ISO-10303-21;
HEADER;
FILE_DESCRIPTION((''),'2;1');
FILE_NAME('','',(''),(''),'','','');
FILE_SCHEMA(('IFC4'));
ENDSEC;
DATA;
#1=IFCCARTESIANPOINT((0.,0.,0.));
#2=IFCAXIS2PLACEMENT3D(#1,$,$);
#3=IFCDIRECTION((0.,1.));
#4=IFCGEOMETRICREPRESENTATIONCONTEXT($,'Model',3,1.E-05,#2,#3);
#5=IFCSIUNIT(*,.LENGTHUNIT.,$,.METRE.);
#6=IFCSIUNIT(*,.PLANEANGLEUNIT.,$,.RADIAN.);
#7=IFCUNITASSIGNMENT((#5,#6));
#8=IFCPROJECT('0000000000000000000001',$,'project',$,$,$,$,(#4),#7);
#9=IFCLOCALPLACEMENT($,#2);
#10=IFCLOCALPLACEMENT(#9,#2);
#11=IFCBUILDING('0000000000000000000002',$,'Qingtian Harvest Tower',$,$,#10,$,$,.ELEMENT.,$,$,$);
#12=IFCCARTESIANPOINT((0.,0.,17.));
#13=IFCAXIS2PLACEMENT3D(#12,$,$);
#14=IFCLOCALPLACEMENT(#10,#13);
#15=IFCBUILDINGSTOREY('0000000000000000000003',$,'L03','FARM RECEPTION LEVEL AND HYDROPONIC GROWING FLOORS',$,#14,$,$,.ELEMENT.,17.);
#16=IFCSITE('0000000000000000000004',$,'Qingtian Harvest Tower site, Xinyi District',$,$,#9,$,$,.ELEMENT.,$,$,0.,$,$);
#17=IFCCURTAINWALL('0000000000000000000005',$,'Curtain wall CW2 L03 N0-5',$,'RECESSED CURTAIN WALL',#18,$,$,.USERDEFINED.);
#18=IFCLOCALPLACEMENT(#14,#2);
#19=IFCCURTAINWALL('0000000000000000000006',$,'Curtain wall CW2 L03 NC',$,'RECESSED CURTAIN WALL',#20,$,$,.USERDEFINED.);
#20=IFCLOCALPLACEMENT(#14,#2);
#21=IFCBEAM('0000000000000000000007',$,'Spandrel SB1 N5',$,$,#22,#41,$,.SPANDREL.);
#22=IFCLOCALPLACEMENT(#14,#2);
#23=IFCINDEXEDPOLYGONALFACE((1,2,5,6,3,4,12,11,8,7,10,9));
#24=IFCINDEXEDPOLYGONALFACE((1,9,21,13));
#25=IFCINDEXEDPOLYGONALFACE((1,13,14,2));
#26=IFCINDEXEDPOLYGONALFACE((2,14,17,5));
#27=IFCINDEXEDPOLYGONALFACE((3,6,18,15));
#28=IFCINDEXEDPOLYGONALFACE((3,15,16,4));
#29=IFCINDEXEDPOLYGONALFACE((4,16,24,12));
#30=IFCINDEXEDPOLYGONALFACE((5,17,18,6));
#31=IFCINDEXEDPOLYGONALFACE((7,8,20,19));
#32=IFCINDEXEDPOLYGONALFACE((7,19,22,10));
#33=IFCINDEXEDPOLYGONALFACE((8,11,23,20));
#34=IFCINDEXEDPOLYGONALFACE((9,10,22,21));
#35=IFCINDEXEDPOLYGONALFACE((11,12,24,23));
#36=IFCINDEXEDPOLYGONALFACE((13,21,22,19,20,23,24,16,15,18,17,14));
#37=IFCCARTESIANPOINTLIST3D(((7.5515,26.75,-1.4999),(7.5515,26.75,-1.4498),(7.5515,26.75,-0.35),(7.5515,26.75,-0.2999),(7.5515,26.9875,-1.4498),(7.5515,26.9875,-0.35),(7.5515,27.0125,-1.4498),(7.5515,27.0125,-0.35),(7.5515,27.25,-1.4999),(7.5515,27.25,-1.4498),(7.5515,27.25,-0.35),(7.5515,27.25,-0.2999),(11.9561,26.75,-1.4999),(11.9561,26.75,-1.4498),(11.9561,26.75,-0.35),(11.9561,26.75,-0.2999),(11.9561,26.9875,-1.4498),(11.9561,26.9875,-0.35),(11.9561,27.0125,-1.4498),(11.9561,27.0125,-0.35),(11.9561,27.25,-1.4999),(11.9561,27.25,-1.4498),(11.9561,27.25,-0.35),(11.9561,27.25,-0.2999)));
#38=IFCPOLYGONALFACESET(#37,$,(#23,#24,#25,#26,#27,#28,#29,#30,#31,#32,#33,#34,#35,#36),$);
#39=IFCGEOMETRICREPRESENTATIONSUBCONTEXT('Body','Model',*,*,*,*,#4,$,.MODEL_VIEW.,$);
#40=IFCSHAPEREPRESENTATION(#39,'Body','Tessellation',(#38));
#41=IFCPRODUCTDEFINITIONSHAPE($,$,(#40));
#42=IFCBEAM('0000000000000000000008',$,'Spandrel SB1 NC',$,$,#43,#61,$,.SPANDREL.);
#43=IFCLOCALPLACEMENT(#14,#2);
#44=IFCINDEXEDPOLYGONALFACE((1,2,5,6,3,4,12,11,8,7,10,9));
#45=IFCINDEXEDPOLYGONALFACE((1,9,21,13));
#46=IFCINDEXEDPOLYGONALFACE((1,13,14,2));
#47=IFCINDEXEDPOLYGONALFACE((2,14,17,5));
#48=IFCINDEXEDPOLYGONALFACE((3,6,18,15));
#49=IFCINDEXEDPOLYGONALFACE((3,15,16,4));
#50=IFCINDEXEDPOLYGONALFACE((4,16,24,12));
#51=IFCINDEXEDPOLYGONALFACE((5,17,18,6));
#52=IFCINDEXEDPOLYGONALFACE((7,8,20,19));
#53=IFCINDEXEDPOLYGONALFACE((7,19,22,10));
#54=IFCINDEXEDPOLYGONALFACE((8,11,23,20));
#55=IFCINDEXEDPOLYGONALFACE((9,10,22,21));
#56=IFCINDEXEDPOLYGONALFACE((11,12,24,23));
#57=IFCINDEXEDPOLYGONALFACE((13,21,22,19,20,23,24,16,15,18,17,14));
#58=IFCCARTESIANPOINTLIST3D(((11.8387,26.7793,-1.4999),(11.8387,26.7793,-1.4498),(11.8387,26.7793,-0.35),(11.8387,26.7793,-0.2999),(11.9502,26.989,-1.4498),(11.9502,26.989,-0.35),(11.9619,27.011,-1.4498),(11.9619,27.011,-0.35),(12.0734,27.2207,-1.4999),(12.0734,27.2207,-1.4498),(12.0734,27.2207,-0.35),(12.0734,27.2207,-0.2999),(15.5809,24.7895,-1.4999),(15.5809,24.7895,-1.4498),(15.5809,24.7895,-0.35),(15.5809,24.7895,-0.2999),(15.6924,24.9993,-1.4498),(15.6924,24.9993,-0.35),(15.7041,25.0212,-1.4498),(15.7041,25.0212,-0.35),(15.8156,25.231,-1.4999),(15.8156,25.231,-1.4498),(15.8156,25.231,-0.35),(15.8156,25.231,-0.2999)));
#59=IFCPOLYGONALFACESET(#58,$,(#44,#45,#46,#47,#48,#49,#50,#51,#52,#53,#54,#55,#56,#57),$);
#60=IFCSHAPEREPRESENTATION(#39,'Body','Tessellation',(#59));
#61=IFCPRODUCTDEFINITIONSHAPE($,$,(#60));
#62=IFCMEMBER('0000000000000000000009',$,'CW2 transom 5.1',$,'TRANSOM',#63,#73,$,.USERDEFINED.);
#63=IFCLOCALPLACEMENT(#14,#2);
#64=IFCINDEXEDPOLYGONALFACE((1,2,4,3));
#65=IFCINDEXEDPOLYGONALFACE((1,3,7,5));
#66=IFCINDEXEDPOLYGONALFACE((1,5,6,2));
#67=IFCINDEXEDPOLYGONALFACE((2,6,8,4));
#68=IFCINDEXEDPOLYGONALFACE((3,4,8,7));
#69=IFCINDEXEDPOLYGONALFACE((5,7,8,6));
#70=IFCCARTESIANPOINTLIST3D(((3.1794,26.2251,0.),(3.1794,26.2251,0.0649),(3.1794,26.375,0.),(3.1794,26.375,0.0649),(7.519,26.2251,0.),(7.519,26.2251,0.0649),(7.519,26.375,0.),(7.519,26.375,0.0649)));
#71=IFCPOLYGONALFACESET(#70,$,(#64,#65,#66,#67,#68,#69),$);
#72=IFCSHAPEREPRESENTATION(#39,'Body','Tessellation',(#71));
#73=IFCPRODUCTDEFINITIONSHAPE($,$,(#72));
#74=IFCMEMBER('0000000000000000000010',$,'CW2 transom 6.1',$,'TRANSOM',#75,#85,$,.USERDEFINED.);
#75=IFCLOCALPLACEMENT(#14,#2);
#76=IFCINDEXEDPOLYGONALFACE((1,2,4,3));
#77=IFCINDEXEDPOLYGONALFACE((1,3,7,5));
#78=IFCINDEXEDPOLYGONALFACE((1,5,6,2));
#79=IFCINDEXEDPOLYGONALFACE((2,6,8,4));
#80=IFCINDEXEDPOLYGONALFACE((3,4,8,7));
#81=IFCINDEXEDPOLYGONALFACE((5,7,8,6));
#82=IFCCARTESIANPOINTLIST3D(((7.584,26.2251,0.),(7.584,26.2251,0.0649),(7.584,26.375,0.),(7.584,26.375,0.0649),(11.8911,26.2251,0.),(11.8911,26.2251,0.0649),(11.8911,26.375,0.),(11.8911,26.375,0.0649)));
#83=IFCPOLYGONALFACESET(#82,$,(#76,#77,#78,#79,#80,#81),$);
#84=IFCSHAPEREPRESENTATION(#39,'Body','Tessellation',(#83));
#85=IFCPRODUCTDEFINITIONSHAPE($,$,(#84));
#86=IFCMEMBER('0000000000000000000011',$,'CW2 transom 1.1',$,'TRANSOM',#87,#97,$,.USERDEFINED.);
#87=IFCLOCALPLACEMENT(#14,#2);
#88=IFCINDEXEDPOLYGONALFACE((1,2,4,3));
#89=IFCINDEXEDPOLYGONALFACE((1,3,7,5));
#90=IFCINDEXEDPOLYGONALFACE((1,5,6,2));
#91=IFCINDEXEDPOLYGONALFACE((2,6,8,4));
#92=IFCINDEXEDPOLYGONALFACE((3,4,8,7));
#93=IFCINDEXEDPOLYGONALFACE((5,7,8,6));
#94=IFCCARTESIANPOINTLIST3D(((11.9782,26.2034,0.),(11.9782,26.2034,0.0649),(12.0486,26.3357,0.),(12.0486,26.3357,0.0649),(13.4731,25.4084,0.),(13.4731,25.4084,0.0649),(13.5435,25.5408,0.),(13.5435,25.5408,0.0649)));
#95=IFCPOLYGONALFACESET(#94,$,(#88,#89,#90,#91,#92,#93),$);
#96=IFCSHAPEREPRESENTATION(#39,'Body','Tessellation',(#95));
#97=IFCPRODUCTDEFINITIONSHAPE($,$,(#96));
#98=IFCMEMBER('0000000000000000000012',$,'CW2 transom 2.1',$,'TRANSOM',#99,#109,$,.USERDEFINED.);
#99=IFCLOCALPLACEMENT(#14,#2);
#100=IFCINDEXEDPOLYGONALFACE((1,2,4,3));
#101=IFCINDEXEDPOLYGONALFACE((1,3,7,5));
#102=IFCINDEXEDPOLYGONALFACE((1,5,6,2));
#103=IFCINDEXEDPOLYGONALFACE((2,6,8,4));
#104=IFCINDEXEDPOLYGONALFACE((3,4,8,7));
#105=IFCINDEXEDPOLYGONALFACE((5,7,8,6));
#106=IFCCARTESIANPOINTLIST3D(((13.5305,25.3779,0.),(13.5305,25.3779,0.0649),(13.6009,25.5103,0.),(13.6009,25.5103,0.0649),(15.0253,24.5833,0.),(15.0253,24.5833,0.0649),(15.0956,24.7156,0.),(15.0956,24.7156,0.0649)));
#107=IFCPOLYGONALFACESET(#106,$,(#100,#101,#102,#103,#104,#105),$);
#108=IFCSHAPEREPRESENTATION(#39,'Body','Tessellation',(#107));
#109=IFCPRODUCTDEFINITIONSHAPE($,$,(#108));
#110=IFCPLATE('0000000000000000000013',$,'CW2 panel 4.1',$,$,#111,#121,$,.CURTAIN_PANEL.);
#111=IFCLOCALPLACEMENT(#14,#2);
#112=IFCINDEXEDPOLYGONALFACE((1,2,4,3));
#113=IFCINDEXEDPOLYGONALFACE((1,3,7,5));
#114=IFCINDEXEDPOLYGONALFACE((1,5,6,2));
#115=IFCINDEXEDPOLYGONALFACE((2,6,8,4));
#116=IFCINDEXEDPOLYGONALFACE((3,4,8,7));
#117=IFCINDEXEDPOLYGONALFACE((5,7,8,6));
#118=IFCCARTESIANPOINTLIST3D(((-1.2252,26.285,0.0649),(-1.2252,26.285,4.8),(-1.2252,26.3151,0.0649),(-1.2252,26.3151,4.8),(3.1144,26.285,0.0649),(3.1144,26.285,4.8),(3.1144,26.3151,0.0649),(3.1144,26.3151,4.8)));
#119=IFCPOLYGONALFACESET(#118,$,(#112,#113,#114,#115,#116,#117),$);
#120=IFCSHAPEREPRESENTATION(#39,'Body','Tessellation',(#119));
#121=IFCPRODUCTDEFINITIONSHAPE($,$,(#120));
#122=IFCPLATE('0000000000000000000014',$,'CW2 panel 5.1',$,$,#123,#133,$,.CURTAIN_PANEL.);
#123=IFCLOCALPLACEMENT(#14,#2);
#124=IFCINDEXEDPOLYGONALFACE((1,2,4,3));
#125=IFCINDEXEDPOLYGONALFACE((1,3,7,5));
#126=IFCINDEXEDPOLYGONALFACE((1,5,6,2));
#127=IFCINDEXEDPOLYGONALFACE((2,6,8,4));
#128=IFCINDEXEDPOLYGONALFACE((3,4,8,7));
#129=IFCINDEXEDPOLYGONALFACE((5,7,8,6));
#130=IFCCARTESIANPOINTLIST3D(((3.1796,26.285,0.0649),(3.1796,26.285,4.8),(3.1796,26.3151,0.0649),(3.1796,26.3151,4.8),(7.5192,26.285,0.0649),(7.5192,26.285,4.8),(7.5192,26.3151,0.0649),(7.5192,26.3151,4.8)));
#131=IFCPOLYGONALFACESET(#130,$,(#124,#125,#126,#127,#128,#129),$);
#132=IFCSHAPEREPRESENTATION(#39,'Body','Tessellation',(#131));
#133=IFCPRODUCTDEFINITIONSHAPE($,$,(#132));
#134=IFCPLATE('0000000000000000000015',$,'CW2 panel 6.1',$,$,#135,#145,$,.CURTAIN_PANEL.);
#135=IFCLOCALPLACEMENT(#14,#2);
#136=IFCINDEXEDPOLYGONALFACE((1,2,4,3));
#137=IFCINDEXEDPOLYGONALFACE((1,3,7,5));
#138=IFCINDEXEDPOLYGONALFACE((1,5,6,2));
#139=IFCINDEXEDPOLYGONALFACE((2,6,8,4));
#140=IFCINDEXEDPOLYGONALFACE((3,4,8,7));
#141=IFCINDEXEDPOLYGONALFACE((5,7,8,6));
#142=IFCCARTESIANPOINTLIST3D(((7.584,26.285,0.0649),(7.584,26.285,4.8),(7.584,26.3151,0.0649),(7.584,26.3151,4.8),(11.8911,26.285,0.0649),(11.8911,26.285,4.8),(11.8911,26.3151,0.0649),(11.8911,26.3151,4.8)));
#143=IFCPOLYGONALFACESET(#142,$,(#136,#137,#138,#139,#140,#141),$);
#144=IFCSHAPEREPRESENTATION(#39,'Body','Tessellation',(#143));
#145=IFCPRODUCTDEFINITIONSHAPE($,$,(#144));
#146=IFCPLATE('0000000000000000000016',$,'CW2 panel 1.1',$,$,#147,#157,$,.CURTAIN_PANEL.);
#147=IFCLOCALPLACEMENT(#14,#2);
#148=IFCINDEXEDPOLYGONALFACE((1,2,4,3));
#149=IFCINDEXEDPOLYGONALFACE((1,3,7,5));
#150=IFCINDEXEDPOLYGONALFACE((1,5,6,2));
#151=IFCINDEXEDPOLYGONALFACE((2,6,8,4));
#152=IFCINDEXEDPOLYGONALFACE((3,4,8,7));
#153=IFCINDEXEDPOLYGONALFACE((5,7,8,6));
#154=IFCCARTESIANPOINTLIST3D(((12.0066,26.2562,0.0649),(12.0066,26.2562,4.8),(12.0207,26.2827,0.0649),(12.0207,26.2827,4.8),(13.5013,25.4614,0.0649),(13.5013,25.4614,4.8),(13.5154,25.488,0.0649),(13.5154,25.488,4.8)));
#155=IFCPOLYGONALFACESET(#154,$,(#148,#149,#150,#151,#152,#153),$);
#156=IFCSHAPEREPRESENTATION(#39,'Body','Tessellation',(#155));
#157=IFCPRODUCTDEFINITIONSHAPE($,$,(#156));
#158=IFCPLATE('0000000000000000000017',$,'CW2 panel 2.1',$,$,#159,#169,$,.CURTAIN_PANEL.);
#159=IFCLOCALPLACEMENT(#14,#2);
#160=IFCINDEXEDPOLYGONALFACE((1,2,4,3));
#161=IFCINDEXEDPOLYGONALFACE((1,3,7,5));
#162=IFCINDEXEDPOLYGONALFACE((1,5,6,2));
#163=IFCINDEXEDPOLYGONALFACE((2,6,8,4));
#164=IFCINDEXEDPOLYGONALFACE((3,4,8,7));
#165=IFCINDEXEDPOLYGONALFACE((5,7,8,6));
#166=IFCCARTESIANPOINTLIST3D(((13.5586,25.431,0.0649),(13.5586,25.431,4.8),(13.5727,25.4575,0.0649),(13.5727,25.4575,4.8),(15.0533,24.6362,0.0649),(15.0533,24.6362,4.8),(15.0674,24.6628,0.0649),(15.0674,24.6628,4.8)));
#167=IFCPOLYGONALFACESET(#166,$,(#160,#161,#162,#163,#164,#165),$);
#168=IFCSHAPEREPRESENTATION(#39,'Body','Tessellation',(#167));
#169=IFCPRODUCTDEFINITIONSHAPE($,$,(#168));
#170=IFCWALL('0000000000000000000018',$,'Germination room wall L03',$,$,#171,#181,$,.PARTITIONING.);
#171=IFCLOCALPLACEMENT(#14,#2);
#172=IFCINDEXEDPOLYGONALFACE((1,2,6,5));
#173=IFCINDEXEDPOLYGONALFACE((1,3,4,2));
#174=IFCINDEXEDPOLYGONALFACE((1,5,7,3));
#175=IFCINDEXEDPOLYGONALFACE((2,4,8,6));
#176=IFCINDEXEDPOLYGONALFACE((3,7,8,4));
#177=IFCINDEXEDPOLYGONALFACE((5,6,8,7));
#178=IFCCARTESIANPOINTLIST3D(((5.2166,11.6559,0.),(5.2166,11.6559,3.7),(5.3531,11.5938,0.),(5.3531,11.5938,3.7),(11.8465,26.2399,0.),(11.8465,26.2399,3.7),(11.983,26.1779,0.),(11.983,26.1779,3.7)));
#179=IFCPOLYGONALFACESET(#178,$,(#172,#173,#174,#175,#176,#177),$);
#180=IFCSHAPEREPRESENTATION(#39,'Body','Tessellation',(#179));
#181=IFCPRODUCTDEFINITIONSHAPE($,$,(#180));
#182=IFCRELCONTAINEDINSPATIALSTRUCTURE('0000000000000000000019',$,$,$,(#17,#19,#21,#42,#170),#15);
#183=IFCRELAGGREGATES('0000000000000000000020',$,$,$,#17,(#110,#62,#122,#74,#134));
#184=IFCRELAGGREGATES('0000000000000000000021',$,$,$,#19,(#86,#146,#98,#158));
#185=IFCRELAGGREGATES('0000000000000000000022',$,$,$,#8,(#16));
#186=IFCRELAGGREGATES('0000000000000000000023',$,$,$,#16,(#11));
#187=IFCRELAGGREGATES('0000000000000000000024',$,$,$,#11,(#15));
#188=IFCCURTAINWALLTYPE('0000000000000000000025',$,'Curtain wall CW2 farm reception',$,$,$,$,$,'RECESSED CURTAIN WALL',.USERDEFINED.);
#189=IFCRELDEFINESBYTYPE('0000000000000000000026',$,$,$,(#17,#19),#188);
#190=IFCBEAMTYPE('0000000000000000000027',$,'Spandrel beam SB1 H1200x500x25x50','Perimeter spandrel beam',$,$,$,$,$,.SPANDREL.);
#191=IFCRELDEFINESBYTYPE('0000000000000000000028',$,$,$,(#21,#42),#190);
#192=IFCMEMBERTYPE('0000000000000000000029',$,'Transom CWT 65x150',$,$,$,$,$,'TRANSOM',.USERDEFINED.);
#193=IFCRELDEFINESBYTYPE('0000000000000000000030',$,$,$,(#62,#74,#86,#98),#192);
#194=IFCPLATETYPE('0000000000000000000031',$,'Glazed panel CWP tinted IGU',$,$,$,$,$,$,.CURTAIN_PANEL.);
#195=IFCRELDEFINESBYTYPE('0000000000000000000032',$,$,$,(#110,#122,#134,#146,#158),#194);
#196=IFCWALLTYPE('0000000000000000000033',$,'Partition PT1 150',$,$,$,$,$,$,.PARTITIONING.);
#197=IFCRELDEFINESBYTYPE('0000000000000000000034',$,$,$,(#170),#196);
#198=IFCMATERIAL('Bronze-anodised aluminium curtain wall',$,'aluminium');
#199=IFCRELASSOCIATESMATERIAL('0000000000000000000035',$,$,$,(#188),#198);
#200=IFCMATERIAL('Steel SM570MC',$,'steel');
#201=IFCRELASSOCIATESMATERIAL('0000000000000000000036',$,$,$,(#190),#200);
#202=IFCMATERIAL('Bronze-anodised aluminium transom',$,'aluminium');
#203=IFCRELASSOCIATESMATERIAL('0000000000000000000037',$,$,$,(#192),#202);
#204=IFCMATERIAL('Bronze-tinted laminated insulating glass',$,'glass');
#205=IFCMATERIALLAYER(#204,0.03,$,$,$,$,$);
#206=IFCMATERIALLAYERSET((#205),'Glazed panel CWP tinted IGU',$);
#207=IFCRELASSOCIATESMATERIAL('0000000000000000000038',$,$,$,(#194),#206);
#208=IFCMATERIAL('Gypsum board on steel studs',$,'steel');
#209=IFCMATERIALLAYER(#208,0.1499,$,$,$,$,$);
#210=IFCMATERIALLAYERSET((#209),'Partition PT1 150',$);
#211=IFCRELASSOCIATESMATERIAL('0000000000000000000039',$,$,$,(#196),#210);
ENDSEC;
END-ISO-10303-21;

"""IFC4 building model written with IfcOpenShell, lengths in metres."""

from ifc_helpers import new_model, si_unit, direction, frame, frame_2d, origin, origin_2d, place, context, subcontext, project, spatial, rectangle, i_section, extrude, material, layer, layer_set, material_profile, profile_set, type_object, element, aggregate, save


model = new_model("IFC4")

# Units and contexts
model_context = context("Model", 3, precision=1e-05, world=origin(), true_north=direction((0.0, 1.0)))
body_context = subcontext(model_context, "Body", "Model", "MODEL_VIEW")
ifc_project = project(units=[si_unit("LENGTHUNIT", "METRE"), si_unit("PLANEANGLEUNIT", "RADIAN")], contexts=[model_context])

# Site, building, storey
site_placement = place(None, origin())
site = spatial("IfcSite", under=ifc_project, at=site_placement, Name="Qingtian Harvest Tower site, Xinyi District", CompositionType="ELEMENT", RefElevation=0.0)
building_placement = place(site_placement, origin())
building = spatial("IfcBuilding", under=site, at=building_placement, Name="Qingtian Harvest Tower", CompositionType="ELEMENT")
storey_placement = place(building_placement, frame((0.0, 0.0, 17.0)))
storey = spatial("IfcBuildingStorey", under=building, at=storey_placement, Name="L03", Description="FARM RECEPTION LEVEL AND HYDROPONIC GROWING FLOORS", CompositionType="ELEMENT", Elevation=17.0)

# Curtain walls
ifc_material_1 = material(Name="Bronze-anodised aluminium curtain wall", Category="aluminium")
curtain_wall_type = type_object("IfcCurtainWallType", Name="Curtain wall CW2 farm reception", ElementType="RECESSED CURTAIN WALL", PredefinedType="USERDEFINED", material=ifc_material_1)
curtain_wall_1_placement = place(storey_placement, origin())
curtain_wall_1 = element("IfcCurtainWall", 1, at=curtain_wall_1_placement, inside=storey, type_object=curtain_wall_type, Name="Curtain wall CW2 L03 N0-5", ObjectType="RECESSED CURTAIN WALL", PredefinedType="USERDEFINED")
curtain_wall_2_placement = place(storey_placement, origin())
curtain_wall_2 = element("IfcCurtainWall", 2, at=curtain_wall_2_placement, inside=storey, type_object=curtain_wall_type, Name="Curtain wall CW2 L03 NC", ObjectType="RECESSED CURTAIN WALL", PredefinedType="USERDEFINED")

# Beams
ifc_material_2 = material(Name="Steel SM570MC", Category="steel")
ifc_material_profile_1 = material_profile(ifc_material_2, i_section(OverallWidth=0.5, OverallDepth=1.2, WebThickness=0.0249, FlangeThickness=0.05, at=origin_2d()), Name="H1200x500x25x50")
ifc_profile_set_1 = profile_set([ifc_material_profile_1], Name="Steel SM570MC")
beam_type_1 = type_object("IfcBeamType", Name="Spandrel beam SB1 H1200x500x25x50", Description="Perimeter spandrel beam", PredefinedType="SPANDREL", material=ifc_profile_set_1)
for number, where, z_axis, x_axis, name in (
    (3, (7.5515, 27.0, -0.8999), (1.0, 0.0, 0.0), (0.0, 1.0, 0.0), "Spandrel SB1 N5"),
):
    element("IfcBeam", number, at=place(storey_placement, frame(where, z_axis=z_axis, x_axis=x_axis)), inside=storey, type_object=beam_type_1, Name=name, PredefinedType="SPANDREL", context=body_context, shape_type="SweptSolid", body=[
        extrude(i_section(OverallWidth=0.5, OverallDepth=1.2, WebThickness=0.0249, FlangeThickness=0.05, at=origin_2d()), origin(), (0.0, 0.0, 1.0), 4.4045),
    ])
beam_1_placement = place(storey_placement, frame((11.9561, 27.0, -0.8999), z_axis=(0.882949, -0.46947, 0.0), x_axis=(0.46947, 0.882949, 0.0)))
element("IfcBeam", 4, at=beam_1_placement, inside=storey, type_object=beam_type_1, Name="Spandrel SB1 NC", PredefinedType="SPANDREL", context=body_context, shape_type="SweptSolid", body=[
    extrude(i_section(OverallWidth=0.5, OverallDepth=1.2, WebThickness=0.0249, FlangeThickness=0.05, at=origin_2d()), origin(), (0.0, 0.0, 1.0), 4.2383),
])

# Members
ifc_material_3 = material(Name="Bronze-anodised aluminium transom", Category="aluminium")
ifc_material_profile_2 = material_profile(ifc_material_3, rectangle(XDim=0.1499, YDim=0.0649, at=origin_2d()), Name="AL 65x150")
ifc_profile_set_2 = profile_set([ifc_material_profile_2], Name="Bronze-anodised aluminium transom")
member_type_1 = type_object("IfcMemberType", Name="Transom CWT 65x150", ElementType="TRANSOM", PredefinedType="USERDEFINED", material=ifc_profile_set_2)
member_1_placement = place(storey_placement, frame((3.1794, 26.3, 0.0325), z_axis=(1.0, 0.0, 0.0), x_axis=(0.0, 1.0, 0.0)))
member_1 = element("IfcMember", 5, at=member_1_placement, type_object=member_type_1, Name="CW2 transom 5.1", ObjectType="TRANSOM", PredefinedType="USERDEFINED", context=body_context, shape_type="SweptSolid", body=[
    extrude(rectangle(XDim=0.1499, YDim=0.0649, at=origin_2d()), origin(), (0.0, 0.0, 1.0), 4.3396),
])
member_2_placement = place(storey_placement, frame((7.584, 26.3, 0.0325), z_axis=(1.0, 0.0, 0.0), x_axis=(0.0, 1.0, 0.0)))
member_2 = element("IfcMember", 6, at=member_2_placement, type_object=member_type_1, Name="CW2 transom 6.1", ObjectType="TRANSOM", PredefinedType="USERDEFINED", context=body_context, shape_type="SweptSolid", body=[
    extrude(rectangle(XDim=0.1499, YDim=0.0649, at=origin_2d()), origin(), (0.0, 0.0, 1.0), 4.3071),
])
member_3_placement = place(storey_placement, frame((12.0134, 26.2695, 0.0325), z_axis=(0.882927, -0.46951, 0.0), x_axis=(0.46951, 0.882927, 0.0)))
member_3 = element("IfcMember", 7, at=member_3_placement, type_object=member_type_1, Name="CW2 transom 1.1", ObjectType="TRANSOM", PredefinedType="USERDEFINED", context=body_context, shape_type="SweptSolid", body=[
    extrude(rectangle(XDim=0.1499, YDim=0.0649, at=origin_2d()), origin(), (0.0, 0.0, 1.0), 1.6931),
])
member_4_placement = place(storey_placement, frame((13.5657, 25.4441, 0.0325), z_axis=(0.882987, -0.469398, 0.0), x_axis=(0.469398, 0.882987, 0.0)))
member_4 = element("IfcMember", 8, at=member_4_placement, type_object=member_type_1, Name="CW2 transom 2.1", ObjectType="TRANSOM", PredefinedType="USERDEFINED", context=body_context, shape_type="SweptSolid", body=[
    extrude(rectangle(XDim=0.1499, YDim=0.0649, at=origin_2d()), origin(), (0.0, 0.0, 1.0), 1.6929),
])

# Plates
ifc_material_4 = material(Name="Bronze-tinted laminated insulating glass", Category="glass")
ifc_layer_1 = layer(ifc_material_4, 0.03)
ifc_layer_set_1 = layer_set([ifc_layer_1], Name="Glazed panel CWP tinted IGU")
plate_type = type_object("IfcPlateType", Name="Glazed panel CWP tinted IGU", PredefinedType="CURTAIN_PANEL", material=ifc_layer_set_1)
plate_1_placement = place(storey_placement, frame((0.9446, 26.3, 0.0649), z_axis=(0.0, 0.0, 1.0), x_axis=(1.0, 0.0, 0.0)))
plate_1 = element("IfcPlate", 9, at=plate_1_placement, type_object=plate_type, Name="CW2 panel 4.1", PredefinedType="CURTAIN_PANEL", context=body_context, shape_type="SweptSolid", body=[
    extrude(rectangle(XDim=4.3396, YDim=0.03, at=origin_2d()), origin(), (0.0, 0.0, 1.0), 4.7351),
])
plate_2_placement = place(storey_placement, frame((5.3494, 26.3, 0.0649), z_axis=(0.0, 0.0, 1.0), x_axis=(1.0, 0.0, 0.0)))
plate_2 = element("IfcPlate", 10, at=plate_2_placement, type_object=plate_type, Name="CW2 panel 5.1", PredefinedType="CURTAIN_PANEL", context=body_context, shape_type="SweptSolid", body=[
    extrude(rectangle(XDim=4.3396, YDim=0.03, at=origin_2d()), origin(), (0.0, 0.0, 1.0), 4.7351),
])
plate_3_placement = place(storey_placement, frame((9.7375, 26.3, 0.0649), z_axis=(0.0, 0.0, 1.0), x_axis=(1.0, 0.0, 0.0)))
plate_3 = element("IfcPlate", 11, at=plate_3_placement, type_object=plate_type, Name="CW2 panel 6.1", PredefinedType="CURTAIN_PANEL", context=body_context, shape_type="SweptSolid", body=[
    extrude(rectangle(XDim=4.3071, YDim=0.03, at=origin_2d()), origin(), (0.0, 0.0, 1.0), 4.7351),
])
aggregate(curtain_wall_1, [plate_1, member_1, plate_2, member_2, plate_3])
plate_4_placement = place(storey_placement, frame((12.761, 25.8721, 0.0649), z_axis=(0.0, 0.0, 1.0), x_axis=(0.882948, -0.469472, 0.0)))
plate_4 = element("IfcPlate", 12, at=plate_4_placement, type_object=plate_type, Name="CW2 panel 1.1", PredefinedType="CURTAIN_PANEL", context=body_context, shape_type="SweptSolid", body=[
    extrude(rectangle(XDim=1.6929, YDim=0.03, at=origin_2d()), origin(), (0.0, 0.0, 1.0), 4.7351),
])
plate_5_placement = place(storey_placement, frame((14.313, 25.0469, 0.0649), z_axis=(0.0, 0.0, 1.0), x_axis=(0.882948, -0.469472, 0.0)))
plate_5 = element("IfcPlate", 13, at=plate_5_placement, type_object=plate_type, Name="CW2 panel 2.1", PredefinedType="CURTAIN_PANEL", context=body_context, shape_type="SweptSolid", body=[
    extrude(rectangle(XDim=1.6929, YDim=0.03, at=origin_2d()), origin(), (0.0, 0.0, 1.0), 4.7351),
])
aggregate(curtain_wall_2, [member_3, plate_4, member_4, plate_5])

# Wall
ifc_material_5 = material(Name="Gypsum board on steel studs", Category="steel")
ifc_layer_2 = layer(ifc_material_5, 0.1499)
ifc_layer_set_2 = layer_set([ifc_layer_2], Name="Partition PT1 150")
wall_type = type_object("IfcWallType", Name="Partition PT1 150", PredefinedType="PARTITIONING", material=ifc_layer_set_2)
wall_1_placement = place(storey_placement, frame((11.9148, 26.209, 0.0), z_axis=(0.0, 0.0, 1.0), x_axis=(-0.413844, -0.910348, 0.0)))
element("IfcWall", 14, at=wall_1_placement, inside=storey, type_object=wall_type, Name="Germination room wall L03", PredefinedType="PARTITIONING", context=body_context, shape_type="SweptSolid", body=[
    extrude(rectangle(XDim=16.0203, YDim=0.1499, at=frame_2d((8.0103, 0.0))), origin(), (0.0, 0.0, 1.0), 3.7),
])

save(model, "model.ifc")
